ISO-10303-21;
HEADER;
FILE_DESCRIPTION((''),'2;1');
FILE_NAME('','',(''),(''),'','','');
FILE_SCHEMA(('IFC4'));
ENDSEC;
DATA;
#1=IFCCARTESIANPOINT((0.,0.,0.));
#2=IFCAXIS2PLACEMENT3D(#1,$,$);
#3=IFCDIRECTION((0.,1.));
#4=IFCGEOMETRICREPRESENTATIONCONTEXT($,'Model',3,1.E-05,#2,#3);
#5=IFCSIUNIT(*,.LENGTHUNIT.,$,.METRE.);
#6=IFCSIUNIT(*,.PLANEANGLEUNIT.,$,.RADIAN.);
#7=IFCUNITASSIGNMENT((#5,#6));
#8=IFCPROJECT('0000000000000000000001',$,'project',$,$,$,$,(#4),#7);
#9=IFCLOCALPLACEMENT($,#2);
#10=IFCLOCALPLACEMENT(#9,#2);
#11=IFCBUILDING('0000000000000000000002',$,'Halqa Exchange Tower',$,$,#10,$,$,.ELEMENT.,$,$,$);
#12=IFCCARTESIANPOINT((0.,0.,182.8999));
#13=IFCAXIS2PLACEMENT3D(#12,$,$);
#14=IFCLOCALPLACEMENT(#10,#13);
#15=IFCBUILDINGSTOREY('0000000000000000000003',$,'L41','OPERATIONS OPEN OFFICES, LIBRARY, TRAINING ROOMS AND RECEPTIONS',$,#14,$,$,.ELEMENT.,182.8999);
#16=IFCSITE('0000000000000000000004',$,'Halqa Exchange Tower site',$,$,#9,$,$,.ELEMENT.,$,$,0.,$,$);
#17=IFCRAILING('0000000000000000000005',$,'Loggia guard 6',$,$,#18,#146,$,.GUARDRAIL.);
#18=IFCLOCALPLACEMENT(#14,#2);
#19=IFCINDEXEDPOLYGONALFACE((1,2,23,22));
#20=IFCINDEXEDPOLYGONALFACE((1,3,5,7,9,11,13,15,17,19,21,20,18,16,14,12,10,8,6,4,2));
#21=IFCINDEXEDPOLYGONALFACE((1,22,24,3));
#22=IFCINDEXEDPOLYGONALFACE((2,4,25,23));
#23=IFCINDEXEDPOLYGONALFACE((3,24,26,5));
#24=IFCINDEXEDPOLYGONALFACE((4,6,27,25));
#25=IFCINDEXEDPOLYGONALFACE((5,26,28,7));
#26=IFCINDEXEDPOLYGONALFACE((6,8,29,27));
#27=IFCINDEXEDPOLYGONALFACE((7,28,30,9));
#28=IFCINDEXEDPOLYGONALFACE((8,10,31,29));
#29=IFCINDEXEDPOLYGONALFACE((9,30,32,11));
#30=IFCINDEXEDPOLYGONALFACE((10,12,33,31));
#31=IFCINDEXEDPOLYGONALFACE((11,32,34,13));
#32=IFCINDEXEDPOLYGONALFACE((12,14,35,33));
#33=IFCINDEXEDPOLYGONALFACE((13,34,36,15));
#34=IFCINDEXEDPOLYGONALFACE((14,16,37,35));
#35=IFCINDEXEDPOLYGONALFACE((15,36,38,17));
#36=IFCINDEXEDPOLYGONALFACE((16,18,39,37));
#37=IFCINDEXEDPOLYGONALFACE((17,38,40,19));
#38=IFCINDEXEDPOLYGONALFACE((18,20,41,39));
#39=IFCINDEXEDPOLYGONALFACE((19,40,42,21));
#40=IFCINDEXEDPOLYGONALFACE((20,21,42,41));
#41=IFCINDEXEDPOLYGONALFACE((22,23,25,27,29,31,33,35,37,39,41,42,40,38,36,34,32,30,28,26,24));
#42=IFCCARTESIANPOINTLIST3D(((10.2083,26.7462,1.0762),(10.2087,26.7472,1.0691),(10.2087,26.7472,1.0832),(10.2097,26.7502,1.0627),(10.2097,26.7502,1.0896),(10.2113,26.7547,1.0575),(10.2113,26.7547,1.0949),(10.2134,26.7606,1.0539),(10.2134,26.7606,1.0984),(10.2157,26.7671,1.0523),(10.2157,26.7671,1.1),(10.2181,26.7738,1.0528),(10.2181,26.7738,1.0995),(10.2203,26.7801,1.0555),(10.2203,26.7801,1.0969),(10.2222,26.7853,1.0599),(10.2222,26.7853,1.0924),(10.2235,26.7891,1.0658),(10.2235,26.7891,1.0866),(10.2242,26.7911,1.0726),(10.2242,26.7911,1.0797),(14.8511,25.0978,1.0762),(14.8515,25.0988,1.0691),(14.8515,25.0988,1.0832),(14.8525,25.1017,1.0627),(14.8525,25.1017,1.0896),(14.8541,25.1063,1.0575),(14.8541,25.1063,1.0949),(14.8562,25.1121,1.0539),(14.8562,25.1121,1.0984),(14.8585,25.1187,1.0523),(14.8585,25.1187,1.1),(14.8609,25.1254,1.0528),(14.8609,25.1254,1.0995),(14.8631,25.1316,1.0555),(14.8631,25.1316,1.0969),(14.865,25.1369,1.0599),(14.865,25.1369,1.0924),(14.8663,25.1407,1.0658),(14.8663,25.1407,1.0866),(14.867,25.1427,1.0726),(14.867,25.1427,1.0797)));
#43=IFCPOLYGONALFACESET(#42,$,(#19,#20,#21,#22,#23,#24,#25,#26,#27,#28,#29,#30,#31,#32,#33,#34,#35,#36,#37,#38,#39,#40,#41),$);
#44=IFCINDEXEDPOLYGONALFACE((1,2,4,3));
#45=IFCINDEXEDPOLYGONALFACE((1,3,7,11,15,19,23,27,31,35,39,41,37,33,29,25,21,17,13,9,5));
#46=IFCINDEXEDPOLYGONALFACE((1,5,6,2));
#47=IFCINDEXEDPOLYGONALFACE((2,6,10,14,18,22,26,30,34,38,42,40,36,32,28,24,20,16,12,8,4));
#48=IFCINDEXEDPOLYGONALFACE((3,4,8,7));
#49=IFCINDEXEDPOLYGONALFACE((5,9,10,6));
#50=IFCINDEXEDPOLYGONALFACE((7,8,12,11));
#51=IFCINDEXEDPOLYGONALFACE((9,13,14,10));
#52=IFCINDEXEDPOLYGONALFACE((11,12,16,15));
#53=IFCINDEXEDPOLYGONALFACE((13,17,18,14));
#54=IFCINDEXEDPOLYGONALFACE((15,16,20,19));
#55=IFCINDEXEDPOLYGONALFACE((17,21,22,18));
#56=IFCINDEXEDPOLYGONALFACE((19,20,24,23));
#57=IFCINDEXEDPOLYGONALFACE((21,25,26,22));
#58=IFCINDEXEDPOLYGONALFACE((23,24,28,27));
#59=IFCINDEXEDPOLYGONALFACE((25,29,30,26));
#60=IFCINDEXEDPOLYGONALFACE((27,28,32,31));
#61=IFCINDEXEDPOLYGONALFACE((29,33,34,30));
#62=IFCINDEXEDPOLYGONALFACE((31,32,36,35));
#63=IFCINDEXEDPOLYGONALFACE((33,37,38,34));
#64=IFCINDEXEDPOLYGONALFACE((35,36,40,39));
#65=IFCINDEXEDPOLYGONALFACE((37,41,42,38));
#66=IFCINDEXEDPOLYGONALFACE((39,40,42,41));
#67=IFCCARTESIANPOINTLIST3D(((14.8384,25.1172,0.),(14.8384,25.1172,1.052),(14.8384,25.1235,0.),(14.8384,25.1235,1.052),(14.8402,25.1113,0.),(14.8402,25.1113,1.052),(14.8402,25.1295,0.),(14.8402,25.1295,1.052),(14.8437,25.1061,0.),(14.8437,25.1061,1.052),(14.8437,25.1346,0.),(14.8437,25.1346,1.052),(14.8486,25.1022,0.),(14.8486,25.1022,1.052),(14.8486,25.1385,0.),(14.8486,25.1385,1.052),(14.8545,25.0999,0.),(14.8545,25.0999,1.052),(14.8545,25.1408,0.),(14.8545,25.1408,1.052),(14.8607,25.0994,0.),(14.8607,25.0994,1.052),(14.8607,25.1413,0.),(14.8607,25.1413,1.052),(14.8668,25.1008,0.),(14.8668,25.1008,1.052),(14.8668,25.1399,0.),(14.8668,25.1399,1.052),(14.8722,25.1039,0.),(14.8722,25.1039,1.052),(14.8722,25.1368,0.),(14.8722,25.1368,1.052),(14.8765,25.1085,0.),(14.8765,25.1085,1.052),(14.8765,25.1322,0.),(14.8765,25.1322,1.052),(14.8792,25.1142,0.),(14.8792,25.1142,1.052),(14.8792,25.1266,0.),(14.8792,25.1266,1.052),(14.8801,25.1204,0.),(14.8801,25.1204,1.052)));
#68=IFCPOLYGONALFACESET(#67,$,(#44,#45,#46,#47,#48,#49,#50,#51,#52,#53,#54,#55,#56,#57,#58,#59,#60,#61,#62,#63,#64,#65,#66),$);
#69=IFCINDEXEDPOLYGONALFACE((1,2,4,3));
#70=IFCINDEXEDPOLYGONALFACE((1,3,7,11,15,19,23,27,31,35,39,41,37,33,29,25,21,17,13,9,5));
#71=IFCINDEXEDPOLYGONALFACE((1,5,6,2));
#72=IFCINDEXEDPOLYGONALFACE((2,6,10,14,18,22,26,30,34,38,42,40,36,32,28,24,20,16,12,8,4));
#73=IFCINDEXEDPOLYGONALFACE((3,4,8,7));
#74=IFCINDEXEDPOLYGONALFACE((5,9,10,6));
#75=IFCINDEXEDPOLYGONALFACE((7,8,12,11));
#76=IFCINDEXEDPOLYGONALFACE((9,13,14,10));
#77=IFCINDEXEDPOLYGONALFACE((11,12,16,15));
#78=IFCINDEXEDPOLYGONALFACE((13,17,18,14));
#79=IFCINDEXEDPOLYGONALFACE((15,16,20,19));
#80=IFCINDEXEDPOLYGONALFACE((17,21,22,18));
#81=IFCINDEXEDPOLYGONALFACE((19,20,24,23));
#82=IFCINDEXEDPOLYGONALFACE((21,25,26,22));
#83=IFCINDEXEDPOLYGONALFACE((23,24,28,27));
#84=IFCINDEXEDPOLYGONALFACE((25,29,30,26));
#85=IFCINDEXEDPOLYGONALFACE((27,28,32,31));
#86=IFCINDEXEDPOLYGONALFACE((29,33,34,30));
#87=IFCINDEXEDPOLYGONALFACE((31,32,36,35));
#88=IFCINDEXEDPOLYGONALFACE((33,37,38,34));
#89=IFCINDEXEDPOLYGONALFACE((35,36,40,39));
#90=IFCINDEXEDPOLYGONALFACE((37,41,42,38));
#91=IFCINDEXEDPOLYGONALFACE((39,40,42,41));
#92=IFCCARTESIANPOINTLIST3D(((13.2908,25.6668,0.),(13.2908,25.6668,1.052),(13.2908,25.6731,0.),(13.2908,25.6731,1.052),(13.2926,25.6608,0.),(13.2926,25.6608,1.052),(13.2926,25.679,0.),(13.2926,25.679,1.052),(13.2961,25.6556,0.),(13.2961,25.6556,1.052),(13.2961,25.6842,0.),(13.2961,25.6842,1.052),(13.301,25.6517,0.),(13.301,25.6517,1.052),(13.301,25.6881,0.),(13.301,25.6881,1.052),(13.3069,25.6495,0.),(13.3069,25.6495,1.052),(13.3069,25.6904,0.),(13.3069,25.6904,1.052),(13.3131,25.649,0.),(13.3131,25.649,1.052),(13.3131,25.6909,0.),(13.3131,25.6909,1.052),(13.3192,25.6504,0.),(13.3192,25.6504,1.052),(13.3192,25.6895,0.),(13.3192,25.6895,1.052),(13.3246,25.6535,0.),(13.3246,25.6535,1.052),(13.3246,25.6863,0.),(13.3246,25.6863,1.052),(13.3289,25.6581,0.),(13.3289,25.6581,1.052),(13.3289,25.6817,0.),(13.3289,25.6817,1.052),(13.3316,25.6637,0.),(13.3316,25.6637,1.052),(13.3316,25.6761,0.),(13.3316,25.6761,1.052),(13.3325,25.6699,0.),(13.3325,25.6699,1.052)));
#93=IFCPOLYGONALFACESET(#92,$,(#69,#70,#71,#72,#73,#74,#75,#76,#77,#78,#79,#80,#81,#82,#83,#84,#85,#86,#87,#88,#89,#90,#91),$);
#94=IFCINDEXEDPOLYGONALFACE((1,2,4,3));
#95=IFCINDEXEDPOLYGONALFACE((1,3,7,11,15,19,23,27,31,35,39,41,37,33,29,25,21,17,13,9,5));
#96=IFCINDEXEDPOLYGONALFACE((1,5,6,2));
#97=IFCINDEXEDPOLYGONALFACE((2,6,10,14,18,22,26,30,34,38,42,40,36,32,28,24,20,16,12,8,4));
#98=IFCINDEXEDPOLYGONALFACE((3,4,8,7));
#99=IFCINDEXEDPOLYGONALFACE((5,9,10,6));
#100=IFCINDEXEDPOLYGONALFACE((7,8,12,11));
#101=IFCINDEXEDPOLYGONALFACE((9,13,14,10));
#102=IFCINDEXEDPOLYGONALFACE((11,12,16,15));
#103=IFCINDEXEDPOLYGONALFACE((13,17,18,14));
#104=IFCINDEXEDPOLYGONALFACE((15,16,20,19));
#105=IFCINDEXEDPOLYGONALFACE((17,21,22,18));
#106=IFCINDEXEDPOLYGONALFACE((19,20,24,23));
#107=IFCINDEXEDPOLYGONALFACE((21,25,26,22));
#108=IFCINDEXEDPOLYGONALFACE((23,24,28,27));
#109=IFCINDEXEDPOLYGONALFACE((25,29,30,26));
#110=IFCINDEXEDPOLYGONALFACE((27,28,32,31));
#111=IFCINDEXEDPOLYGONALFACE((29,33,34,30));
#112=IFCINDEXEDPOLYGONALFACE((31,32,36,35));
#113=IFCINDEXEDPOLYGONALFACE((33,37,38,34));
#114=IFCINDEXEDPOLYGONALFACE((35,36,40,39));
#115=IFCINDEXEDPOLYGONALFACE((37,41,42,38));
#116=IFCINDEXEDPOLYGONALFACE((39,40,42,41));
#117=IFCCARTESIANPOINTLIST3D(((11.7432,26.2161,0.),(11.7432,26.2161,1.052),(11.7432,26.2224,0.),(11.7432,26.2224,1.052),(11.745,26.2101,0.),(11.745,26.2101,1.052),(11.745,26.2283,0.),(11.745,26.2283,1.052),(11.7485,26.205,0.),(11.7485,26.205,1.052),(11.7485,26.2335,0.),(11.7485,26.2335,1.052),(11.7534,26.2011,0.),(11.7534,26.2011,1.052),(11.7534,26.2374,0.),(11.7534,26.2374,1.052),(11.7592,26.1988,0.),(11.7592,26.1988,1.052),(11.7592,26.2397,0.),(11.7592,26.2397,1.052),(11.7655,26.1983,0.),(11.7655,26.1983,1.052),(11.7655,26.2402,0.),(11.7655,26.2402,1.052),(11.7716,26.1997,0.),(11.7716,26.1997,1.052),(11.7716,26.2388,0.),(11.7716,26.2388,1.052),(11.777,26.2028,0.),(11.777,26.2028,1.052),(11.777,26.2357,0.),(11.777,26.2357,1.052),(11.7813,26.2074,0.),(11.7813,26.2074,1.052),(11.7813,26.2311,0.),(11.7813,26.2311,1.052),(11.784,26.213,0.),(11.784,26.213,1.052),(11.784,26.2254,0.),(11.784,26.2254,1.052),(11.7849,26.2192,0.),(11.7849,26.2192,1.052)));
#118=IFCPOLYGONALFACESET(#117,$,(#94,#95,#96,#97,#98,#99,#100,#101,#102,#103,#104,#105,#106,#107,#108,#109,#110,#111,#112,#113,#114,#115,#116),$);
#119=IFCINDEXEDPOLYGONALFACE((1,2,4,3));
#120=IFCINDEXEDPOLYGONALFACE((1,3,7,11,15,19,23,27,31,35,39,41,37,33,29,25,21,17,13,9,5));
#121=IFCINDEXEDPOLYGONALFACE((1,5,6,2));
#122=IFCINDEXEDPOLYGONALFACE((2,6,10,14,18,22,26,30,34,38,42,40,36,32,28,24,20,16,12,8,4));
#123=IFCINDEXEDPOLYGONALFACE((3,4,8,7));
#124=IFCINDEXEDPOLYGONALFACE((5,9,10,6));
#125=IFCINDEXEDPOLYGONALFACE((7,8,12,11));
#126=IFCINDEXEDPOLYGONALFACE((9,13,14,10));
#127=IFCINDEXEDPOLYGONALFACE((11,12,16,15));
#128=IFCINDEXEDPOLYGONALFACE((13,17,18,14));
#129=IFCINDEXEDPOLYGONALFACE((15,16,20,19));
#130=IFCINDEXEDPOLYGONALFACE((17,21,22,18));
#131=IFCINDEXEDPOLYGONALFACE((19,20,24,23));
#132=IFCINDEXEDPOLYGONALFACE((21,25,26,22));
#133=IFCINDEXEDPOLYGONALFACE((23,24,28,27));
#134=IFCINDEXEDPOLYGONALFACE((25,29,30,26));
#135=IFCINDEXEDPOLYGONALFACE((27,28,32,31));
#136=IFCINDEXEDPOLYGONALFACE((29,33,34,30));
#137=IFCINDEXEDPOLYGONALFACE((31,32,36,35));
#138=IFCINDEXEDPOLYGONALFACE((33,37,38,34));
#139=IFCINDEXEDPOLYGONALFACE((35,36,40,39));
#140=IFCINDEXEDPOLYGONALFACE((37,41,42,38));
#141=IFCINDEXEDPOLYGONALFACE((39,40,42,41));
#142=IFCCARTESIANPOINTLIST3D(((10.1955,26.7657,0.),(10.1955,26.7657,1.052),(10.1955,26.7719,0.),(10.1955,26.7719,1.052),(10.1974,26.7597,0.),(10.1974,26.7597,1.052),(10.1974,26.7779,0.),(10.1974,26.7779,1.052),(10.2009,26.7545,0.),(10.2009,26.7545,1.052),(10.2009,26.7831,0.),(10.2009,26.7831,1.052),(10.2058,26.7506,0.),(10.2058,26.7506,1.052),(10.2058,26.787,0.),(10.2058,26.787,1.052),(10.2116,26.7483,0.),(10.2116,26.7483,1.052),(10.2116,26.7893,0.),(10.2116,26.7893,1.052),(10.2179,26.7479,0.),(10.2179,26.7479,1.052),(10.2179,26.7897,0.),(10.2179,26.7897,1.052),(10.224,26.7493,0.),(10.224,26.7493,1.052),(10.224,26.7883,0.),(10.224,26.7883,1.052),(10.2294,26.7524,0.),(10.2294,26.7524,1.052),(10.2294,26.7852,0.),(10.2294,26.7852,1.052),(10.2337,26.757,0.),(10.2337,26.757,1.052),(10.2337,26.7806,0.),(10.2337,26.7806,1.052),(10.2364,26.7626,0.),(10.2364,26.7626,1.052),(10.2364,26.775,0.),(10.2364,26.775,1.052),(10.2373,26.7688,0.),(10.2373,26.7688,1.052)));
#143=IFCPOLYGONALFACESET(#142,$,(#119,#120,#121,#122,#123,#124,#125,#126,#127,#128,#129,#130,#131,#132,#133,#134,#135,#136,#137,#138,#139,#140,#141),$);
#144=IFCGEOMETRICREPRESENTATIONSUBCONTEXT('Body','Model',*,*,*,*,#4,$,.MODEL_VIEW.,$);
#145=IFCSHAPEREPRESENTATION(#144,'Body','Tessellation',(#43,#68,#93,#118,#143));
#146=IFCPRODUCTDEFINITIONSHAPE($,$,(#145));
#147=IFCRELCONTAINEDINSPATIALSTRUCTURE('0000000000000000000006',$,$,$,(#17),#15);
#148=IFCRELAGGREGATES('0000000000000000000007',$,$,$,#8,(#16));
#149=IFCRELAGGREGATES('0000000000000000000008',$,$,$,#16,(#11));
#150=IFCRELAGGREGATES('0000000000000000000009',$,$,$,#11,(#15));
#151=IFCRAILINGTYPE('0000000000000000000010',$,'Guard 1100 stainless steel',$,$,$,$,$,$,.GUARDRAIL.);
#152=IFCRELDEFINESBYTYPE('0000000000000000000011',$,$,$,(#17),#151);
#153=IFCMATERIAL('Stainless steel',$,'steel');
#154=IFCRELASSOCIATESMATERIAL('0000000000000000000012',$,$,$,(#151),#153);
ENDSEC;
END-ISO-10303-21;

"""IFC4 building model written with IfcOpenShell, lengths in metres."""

from ifc_helpers import new_model, si_unit, direction, frame, origin, origin_2d, place, context, subcontext, project, spatial, circle, extrude, material, type_object, element, save


model = new_model("IFC4")

# Units and contexts
model_context = context("Model", 3, precision=1e-05, world=origin(), true_north=direction((0.0, 1.0)))
body_context = subcontext(model_context, "Body", "Model", "MODEL_VIEW")
ifc_project = project(units=[si_unit("LENGTHUNIT", "METRE"), si_unit("PLANEANGLEUNIT", "RADIAN")], contexts=[model_context])

# Site, building, storey
site_placement = place(None, origin())
site = spatial("IfcSite", under=ifc_project, at=site_placement, Name="Halqa Exchange Tower site", CompositionType="ELEMENT", RefElevation=0.0)
building_placement = place(site_placement, origin())
building = spatial("IfcBuilding", under=site, at=building_placement, Name="Halqa Exchange Tower", CompositionType="ELEMENT")
storey_placement = place(building_placement, frame((0.0, 0.0, 182.8999)))
storey = spatial("IfcBuildingStorey", under=building, at=storey_placement, Name="L41", Description="OPERATIONS OPEN OFFICES, LIBRARY, TRAINING ROOMS AND RECEPTIONS", CompositionType="ELEMENT", Elevation=182.8999)

# Railing
ifc_material_1 = material(Name="Stainless steel", Category="steel")
railing_type = type_object("IfcRailingType", Name="Guard 1100 stainless steel", PredefinedType="GUARDRAIL", material=ifc_material_1)
railing_1_placement = place(storey_placement, frame((14.8591, 25.1204, 0.0)))
element("IfcRailing", 1, at=railing_1_placement, inside=storey, type_object=railing_type, Name="Loggia guard 6", PredefinedType="GUARDRAIL", context=body_context, shape_type="SweptSolid", body=[
    extrude(circle(Radius=0.0239, at=origin_2d()), frame((0.0, 0.0, 1.0762), z_axis=(-0.942365, 0.334587, 0.0), x_axis=(-0.334587, -0.942365, 0.0)), (0.0, 0.0, 1.0), 4.9268),
    extrude(circle(Radius=0.021, at=origin_2d()), origin(), (0.0, 0.0, 1.0), 1.052),
    extrude(circle(Radius=0.021, at=origin_2d()), frame((-1.5476, 0.5496, 0.0)), (0.0, 0.0, 1.0), 1.052),
    extrude(circle(Radius=0.021, at=origin_2d()), frame((-3.0952, 1.0989, 0.0)), (0.0, 0.0, 1.0), 1.052),
    extrude(circle(Radius=0.021, at=origin_2d()), frame((-4.6428, 1.6484, 0.0)), (0.0, 0.0, 1.0), 1.052),
])

save(model, "model.ifc")
